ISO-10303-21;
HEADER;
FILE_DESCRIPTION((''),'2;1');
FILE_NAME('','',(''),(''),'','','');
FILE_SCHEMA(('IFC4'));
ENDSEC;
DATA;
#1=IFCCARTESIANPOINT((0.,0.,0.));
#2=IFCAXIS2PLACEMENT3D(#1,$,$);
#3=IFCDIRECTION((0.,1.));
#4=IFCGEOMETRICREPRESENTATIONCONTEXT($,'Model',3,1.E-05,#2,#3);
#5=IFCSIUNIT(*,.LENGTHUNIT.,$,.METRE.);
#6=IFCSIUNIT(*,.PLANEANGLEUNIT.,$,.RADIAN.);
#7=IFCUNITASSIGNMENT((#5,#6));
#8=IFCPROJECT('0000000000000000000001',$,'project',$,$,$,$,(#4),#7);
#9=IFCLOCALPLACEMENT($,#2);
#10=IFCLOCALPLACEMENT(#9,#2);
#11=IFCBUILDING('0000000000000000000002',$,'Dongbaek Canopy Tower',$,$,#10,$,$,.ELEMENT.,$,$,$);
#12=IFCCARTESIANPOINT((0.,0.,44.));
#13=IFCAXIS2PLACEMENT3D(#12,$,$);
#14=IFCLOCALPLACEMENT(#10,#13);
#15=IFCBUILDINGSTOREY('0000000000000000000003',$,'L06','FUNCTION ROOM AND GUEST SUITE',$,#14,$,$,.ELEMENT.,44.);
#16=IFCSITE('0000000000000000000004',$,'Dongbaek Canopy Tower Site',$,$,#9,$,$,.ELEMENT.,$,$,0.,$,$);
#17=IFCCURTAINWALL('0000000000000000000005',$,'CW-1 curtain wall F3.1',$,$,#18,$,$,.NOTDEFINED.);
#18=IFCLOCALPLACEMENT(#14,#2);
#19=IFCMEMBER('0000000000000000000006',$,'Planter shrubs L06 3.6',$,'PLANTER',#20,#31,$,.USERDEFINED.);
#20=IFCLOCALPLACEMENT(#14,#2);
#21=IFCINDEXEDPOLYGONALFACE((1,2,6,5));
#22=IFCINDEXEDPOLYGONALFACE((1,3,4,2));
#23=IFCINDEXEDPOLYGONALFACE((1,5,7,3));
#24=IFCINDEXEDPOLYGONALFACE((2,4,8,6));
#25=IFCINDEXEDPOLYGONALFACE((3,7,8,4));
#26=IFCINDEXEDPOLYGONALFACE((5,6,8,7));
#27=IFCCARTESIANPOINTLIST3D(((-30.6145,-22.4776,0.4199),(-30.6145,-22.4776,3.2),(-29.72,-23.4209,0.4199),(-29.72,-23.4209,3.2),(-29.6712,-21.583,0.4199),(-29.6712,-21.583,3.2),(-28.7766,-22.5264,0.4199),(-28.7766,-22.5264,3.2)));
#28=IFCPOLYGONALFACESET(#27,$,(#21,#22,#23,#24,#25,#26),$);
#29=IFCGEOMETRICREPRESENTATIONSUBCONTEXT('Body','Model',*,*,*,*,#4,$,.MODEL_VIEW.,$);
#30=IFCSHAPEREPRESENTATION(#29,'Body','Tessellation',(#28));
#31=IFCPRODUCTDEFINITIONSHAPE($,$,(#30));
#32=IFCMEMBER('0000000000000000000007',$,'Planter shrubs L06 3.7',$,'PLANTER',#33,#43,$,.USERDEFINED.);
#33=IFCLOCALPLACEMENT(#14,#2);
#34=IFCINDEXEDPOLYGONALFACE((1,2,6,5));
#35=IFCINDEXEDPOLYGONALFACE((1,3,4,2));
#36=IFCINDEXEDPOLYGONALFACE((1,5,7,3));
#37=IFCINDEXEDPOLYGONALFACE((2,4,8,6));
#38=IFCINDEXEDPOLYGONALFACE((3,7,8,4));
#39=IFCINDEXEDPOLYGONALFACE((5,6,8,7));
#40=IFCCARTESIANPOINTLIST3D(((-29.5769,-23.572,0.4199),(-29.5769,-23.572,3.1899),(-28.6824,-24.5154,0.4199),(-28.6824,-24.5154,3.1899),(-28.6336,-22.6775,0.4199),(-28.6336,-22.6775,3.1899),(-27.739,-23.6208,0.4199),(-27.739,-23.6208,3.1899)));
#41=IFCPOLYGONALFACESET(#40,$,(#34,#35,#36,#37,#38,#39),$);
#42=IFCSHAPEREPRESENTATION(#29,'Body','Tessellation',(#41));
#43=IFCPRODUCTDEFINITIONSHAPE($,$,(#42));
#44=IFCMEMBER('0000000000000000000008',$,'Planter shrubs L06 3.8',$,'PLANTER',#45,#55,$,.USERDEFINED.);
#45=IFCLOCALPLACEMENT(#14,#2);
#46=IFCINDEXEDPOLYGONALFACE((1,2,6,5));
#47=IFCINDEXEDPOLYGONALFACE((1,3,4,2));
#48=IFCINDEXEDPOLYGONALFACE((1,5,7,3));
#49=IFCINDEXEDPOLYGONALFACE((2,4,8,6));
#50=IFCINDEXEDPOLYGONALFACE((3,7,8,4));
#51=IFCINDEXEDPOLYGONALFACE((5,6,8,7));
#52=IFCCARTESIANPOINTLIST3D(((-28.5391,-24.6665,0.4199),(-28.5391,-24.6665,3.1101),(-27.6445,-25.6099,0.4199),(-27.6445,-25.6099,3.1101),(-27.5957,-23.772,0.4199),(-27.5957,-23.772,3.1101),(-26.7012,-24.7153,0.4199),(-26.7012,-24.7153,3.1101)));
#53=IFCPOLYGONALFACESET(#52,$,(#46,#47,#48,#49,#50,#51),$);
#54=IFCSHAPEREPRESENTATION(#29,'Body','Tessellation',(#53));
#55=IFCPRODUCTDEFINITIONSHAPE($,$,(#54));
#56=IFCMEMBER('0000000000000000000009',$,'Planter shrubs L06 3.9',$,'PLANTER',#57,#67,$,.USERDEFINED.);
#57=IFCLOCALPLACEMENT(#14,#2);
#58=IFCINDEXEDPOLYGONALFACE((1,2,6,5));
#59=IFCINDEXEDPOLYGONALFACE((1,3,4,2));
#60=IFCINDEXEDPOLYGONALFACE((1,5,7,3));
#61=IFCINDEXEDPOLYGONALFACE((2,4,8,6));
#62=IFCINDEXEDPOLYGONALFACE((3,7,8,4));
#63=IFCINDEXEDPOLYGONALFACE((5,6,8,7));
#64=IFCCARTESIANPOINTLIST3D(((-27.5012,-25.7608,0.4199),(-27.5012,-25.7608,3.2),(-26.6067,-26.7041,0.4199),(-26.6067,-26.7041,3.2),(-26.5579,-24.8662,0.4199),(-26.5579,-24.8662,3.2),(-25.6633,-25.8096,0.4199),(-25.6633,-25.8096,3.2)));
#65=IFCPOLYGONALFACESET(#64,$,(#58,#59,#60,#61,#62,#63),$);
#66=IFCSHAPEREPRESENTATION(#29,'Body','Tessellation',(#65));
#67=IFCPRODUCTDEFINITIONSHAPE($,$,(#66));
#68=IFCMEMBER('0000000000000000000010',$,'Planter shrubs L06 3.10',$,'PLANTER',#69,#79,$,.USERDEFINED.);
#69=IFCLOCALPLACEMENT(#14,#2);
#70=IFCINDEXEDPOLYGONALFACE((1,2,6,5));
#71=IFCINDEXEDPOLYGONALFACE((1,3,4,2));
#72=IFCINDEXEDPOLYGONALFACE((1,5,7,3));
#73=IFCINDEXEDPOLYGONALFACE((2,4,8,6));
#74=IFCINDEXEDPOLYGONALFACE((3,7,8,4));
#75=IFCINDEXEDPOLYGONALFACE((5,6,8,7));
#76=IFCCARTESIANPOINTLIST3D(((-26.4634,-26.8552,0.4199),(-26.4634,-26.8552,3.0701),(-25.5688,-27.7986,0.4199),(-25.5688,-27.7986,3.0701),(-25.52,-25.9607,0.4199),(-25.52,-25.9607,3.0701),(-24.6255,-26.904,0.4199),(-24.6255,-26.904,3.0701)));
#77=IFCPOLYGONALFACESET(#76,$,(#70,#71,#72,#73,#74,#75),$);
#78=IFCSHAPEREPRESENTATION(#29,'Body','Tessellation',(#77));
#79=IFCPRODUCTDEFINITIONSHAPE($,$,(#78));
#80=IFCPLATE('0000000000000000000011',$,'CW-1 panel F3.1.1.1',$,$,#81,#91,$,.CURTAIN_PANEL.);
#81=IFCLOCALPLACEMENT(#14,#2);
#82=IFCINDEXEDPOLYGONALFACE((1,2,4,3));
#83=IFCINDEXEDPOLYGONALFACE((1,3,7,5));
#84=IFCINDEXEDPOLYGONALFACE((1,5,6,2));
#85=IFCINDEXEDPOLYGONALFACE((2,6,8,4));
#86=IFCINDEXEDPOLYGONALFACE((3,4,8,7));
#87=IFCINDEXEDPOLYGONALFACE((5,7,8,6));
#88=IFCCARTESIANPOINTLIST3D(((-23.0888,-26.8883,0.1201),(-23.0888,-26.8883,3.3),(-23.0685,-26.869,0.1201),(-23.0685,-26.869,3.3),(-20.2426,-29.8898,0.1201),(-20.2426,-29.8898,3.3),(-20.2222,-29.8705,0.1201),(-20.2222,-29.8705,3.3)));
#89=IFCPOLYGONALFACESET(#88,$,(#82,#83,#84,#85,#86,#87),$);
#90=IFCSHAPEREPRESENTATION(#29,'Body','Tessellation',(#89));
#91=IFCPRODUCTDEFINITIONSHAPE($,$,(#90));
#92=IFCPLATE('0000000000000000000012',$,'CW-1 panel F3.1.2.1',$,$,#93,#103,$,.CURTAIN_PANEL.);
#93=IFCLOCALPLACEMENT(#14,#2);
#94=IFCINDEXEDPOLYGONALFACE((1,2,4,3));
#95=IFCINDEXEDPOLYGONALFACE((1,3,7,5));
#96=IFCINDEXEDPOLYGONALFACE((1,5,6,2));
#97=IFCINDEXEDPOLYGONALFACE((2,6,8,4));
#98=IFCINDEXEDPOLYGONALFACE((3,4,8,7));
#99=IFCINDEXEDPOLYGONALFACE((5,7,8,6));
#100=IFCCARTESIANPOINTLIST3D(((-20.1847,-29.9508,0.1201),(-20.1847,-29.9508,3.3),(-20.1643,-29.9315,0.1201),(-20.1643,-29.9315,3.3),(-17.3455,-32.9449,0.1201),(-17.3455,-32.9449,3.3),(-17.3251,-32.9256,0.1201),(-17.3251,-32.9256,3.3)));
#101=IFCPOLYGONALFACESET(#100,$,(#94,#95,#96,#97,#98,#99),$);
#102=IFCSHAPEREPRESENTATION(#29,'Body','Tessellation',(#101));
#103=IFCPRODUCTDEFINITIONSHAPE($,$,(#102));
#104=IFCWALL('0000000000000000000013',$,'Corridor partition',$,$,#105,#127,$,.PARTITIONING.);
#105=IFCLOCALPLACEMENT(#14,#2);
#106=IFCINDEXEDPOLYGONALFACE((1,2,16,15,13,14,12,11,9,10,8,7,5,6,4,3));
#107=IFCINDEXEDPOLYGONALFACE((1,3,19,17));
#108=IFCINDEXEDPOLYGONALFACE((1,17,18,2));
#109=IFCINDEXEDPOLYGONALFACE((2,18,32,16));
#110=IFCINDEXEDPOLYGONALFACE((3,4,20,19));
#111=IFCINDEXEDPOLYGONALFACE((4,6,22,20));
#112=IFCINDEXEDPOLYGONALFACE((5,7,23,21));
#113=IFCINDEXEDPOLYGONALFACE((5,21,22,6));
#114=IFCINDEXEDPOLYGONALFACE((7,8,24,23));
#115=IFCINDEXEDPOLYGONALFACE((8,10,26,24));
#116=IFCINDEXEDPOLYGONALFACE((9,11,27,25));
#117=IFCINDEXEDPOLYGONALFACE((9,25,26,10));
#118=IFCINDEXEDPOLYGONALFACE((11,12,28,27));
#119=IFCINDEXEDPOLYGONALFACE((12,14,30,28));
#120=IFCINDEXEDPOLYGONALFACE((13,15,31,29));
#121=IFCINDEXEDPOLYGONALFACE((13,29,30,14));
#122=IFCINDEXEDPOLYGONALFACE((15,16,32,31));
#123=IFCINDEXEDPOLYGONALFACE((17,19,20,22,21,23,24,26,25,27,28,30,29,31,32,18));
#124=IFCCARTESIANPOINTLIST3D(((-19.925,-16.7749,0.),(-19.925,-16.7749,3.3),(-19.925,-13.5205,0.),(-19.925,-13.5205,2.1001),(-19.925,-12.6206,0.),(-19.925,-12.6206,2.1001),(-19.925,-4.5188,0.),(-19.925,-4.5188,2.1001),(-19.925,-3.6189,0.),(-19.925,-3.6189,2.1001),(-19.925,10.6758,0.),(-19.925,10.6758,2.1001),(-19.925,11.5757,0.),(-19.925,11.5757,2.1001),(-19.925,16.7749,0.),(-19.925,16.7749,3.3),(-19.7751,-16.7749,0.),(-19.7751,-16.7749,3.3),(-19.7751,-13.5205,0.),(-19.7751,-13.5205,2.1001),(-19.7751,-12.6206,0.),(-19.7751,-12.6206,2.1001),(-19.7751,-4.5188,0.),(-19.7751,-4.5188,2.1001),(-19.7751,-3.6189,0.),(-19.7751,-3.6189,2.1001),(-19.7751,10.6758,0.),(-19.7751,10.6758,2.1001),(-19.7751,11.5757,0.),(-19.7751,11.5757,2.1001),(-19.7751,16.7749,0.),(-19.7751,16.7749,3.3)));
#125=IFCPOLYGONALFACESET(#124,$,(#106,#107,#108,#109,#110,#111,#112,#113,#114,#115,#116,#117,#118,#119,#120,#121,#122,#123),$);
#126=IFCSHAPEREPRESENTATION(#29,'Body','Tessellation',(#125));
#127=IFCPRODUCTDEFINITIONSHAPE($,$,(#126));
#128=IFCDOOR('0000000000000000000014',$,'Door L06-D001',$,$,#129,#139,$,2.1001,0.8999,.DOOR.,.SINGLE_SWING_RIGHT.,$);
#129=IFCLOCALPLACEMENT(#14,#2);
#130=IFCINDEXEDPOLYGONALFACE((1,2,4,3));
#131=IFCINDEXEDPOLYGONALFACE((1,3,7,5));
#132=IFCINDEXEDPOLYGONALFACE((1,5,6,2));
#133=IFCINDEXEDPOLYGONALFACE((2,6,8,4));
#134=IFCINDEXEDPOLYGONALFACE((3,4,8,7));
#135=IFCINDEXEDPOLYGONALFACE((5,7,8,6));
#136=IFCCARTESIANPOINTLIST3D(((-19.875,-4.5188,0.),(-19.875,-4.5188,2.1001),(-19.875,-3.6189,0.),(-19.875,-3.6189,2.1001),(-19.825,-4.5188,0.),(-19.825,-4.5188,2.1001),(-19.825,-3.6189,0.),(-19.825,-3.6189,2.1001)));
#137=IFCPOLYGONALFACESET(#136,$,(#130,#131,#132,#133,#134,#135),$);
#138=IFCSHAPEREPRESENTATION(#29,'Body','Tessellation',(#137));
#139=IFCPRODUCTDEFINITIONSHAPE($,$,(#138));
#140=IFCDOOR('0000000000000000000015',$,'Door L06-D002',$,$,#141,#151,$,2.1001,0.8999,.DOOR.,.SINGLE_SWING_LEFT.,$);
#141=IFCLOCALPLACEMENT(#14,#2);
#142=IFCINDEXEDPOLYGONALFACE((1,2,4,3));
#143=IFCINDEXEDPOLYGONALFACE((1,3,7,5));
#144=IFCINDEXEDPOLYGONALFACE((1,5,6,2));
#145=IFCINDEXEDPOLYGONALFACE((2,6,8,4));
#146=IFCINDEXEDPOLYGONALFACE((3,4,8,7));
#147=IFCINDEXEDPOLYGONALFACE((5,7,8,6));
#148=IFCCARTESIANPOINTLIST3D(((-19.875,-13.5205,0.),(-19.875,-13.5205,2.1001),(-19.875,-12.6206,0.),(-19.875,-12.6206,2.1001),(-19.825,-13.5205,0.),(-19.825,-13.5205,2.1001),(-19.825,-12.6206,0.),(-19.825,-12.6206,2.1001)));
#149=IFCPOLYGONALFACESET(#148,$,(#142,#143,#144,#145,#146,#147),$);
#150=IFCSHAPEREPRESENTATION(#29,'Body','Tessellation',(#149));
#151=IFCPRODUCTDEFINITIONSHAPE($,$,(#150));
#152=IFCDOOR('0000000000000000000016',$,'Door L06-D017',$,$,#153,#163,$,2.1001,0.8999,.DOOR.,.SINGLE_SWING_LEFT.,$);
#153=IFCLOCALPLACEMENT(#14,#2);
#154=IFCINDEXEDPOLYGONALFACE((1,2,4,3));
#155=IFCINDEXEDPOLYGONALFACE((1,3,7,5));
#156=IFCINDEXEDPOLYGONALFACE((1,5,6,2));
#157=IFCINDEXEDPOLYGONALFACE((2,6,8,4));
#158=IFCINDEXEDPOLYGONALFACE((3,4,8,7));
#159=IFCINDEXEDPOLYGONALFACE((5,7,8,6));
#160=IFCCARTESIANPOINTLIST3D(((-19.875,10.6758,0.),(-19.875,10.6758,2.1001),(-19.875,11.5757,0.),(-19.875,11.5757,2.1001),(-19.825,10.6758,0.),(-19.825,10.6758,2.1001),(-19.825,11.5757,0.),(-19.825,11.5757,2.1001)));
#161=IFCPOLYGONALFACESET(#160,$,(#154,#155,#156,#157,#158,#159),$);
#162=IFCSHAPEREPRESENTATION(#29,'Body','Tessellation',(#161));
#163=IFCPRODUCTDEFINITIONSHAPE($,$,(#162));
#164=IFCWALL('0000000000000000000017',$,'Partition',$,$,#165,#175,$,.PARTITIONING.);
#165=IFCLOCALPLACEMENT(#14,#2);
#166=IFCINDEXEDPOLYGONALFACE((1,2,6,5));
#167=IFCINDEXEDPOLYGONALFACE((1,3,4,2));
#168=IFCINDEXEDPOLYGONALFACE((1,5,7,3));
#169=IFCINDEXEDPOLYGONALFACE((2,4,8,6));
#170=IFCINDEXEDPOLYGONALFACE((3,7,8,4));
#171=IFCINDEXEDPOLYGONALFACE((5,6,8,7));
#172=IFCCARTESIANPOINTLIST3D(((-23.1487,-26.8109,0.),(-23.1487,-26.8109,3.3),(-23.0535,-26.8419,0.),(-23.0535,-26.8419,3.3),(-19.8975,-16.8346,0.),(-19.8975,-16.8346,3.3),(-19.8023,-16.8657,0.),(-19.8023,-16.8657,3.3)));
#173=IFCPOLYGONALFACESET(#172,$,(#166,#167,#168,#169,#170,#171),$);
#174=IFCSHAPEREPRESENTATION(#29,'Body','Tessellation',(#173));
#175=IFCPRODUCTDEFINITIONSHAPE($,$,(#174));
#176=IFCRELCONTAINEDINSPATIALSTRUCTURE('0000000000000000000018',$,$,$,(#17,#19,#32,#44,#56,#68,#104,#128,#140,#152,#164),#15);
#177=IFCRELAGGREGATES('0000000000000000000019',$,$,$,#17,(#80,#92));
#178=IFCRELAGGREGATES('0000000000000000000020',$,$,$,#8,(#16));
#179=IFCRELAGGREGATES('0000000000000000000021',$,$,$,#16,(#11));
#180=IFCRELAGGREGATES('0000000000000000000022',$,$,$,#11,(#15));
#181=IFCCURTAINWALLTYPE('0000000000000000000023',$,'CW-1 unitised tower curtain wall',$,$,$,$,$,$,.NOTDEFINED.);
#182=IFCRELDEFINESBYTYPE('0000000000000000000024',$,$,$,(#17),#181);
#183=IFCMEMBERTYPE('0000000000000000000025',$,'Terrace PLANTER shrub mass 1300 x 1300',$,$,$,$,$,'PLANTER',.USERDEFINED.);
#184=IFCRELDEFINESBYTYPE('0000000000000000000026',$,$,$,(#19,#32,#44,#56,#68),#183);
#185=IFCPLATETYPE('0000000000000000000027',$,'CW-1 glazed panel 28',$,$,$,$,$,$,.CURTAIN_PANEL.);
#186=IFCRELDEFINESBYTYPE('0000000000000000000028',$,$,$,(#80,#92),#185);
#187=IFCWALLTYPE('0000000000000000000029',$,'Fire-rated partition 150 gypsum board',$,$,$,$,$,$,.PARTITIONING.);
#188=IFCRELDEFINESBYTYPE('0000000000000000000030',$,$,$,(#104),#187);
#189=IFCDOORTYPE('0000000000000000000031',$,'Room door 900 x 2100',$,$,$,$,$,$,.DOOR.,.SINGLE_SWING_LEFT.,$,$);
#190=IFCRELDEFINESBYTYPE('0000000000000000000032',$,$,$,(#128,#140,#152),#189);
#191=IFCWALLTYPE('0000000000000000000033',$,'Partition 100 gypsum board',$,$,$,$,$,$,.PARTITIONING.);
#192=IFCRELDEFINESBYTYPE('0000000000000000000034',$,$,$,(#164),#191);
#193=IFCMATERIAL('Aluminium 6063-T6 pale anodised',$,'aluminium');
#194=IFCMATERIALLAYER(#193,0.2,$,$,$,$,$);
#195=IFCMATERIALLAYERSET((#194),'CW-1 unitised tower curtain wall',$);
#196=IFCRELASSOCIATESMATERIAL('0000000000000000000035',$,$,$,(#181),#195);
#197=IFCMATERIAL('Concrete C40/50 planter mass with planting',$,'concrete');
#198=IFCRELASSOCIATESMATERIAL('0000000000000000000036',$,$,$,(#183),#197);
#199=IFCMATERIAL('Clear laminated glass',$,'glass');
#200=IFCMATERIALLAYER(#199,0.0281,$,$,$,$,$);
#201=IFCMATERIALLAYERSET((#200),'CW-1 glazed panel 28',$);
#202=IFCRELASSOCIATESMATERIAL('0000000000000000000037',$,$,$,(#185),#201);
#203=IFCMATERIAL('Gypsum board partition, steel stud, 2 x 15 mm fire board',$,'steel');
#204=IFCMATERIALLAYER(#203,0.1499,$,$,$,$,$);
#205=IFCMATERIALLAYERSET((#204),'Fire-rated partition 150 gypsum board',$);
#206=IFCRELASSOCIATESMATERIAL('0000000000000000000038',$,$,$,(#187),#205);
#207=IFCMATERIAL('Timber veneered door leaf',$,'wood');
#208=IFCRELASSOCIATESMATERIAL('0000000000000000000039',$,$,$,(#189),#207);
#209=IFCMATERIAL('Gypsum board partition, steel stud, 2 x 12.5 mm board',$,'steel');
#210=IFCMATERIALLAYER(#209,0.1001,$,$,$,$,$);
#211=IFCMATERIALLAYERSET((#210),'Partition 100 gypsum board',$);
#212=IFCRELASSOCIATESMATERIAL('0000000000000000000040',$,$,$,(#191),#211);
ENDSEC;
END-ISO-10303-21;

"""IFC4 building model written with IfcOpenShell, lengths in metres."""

from ifc_helpers import new_model, si_unit, direction, frame, frame_2d, origin, origin_2d, place, context, subcontext, project, spatial, rectangle, extrude, material, layer, layer_set, material_profile, profile_set, type_object, element, fill, aggregate, save


model = new_model("IFC4")

# Units and contexts
model_context = context("Model", 3, precision=1e-05, world=origin(), true_north=direction((0.0, 1.0)))
body_context = subcontext(model_context, "Body", "Model", "MODEL_VIEW")
ifc_project = project(units=[si_unit("LENGTHUNIT", "METRE"), si_unit("PLANEANGLEUNIT", "RADIAN")], contexts=[model_context])

# Site, building, storey
site_placement = place(None, origin())
site = spatial("IfcSite", under=ifc_project, at=site_placement, Name="Dongbaek Canopy Tower Site", CompositionType="ELEMENT", RefElevation=0.0)
building_placement = place(site_placement, origin())
building = spatial("IfcBuilding", under=site, at=building_placement, Name="Dongbaek Canopy Tower", CompositionType="ELEMENT")
storey_placement = place(building_placement, frame((0.0, 0.0, 44.0)))
storey = spatial("IfcBuildingStorey", under=building, at=storey_placement, Name="L06", Description="FUNCTION ROOM AND GUEST SUITE", CompositionType="ELEMENT", Elevation=44.0)

# Curtain wall
ifc_material_1 = material(Name="Aluminium 6063-T6 pale anodised", Category="aluminium")
ifc_layer_1 = layer(ifc_material_1, 0.2)
ifc_layer_set_1 = layer_set([ifc_layer_1], Name="CW-1 unitised tower curtain wall")
curtain_wall_type = type_object("IfcCurtainWallType", Name="CW-1 unitised tower curtain wall", PredefinedType="NOTDEFINED", material=ifc_layer_set_1)
curtain_wall_placement = place(storey_placement, origin())
curtain_wall = element("IfcCurtainWall", 1, at=curtain_wall_placement, inside=storey, type_object=curtain_wall_type, Name="CW-1 curtain wall F3.1", PredefinedType="NOTDEFINED")

# Members
ifc_material_2 = material(Name="Concrete C40/50 planter mass with planting", Category="concrete")
ifc_material_profile_1 = material_profile(ifc_material_2, rectangle(XDim=1.3, YDim=1.3, at=origin_2d()), Name="Terrace PLANTER shrub mass 1300 x 1300")
ifc_profile_set_1 = profile_set([ifc_material_profile_1], Name="Concrete C40/50 planter mass with planting")
member_type_1 = type_object("IfcMemberType", Name="Terrace PLANTER shrub mass 1300 x 1300", ElementType="PLANTER", PredefinedType="USERDEFINED", material=ifc_profile_set_1)
member_1_placement = place(storey_placement, frame((-29.6956, -22.502, 0.4199), z_axis=(0.0, 0.0, 1.0), x_axis=(-0.725627, -0.688089, 0.0)))
element("IfcMember", 2, at=member_1_placement, inside=storey, type_object=member_type_1, Name="Planter shrubs L06 3.6", ObjectType="PLANTER", PredefinedType="USERDEFINED", context=body_context, shape_type="SweptSolid", body=[
    extrude(rectangle(XDim=1.3, YDim=1.3, at=origin_2d()), origin(), (0.0, 0.0, 1.0), 2.78),
])
member_2_placement = place(storey_placement, frame((-28.658, -23.5964, 0.4199), z_axis=(0.0, 0.0, 1.0), x_axis=(-0.725627, -0.688089, 0.0)))
element("IfcMember", 3, at=member_2_placement, inside=storey, type_object=member_type_1, Name="Planter shrubs L06 3.7", ObjectType="PLANTER", PredefinedType="USERDEFINED", context=body_context, shape_type="SweptSolid", body=[
    extrude(rectangle(XDim=1.3, YDim=1.3, at=origin_2d()), origin(), (0.0, 0.0, 1.0), 2.77),
])
member_3_placement = place(storey_placement, frame((-27.6201, -24.6909, 0.4199), z_axis=(0.0, 0.0, 1.0), x_axis=(-0.725627, -0.688089, 0.0)))
element("IfcMember", 4, at=member_3_placement, inside=storey, type_object=member_type_1, Name="Planter shrubs L06 3.8", ObjectType="PLANTER", PredefinedType="USERDEFINED", context=body_context, shape_type="SweptSolid", body=[
    extrude(rectangle(XDim=1.3, YDim=1.3, at=origin_2d()), origin(), (0.0, 0.0, 1.0), 2.6902),
])
member_4_placement = place(storey_placement, frame((-26.5823, -25.7852, 0.4199), z_axis=(0.0, 0.0, 1.0), x_axis=(-0.725627, -0.688089, 0.0)))
element("IfcMember", 5, at=member_4_placement, inside=storey, type_object=member_type_1, Name="Planter shrubs L06 3.9", ObjectType="PLANTER", PredefinedType="USERDEFINED", context=body_context, shape_type="SweptSolid", body=[
    extrude(rectangle(XDim=1.3, YDim=1.3, at=origin_2d()), origin(), (0.0, 0.0, 1.0), 2.78),
])
member_5_placement = place(storey_placement, frame((-25.5444, -26.8796, 0.4199), z_axis=(0.0, 0.0, 1.0), x_axis=(-0.725627, -0.688089, 0.0)))
element("IfcMember", 6, at=member_5_placement, inside=storey, type_object=member_type_1, Name="Planter shrubs L06 3.10", ObjectType="PLANTER", PredefinedType="USERDEFINED", context=body_context, shape_type="SweptSolid", body=[
    extrude(rectangle(XDim=1.3, YDim=1.3, at=origin_2d()), origin(), (0.0, 0.0, 1.0), 2.6501),
])

# Plates
ifc_material_3 = material(Name="Clear laminated glass", Category="glass")
ifc_layer_2 = layer(ifc_material_3, 0.0281)
ifc_layer_set_2 = layer_set([ifc_layer_2], Name="CW-1 glazed panel 28")
plate_type = type_object("IfcPlateType", Name="CW-1 glazed panel 28", PredefinedType="CURTAIN_PANEL", material=ifc_layer_set_2)
plate_1_placement = place(storey_placement, frame((-21.6555, -28.3794, 0.1201), z_axis=(0.0, 0.0, 1.0), x_axis=(0.688089, -0.725627, 0.0)))
plate_1 = element("IfcPlate", 7, at=plate_1_placement, type_object=plate_type, Name="CW-1 panel F3.1.1.1", PredefinedType="CURTAIN_PANEL", context=body_context, shape_type="SweptSolid", body=[
    extrude(rectangle(XDim=4.1365, YDim=0.0281, at=origin_2d()), origin(), (0.0, 0.0, 1.0), 3.1799),
])
plate_2_placement = place(storey_placement, frame((-18.7549, -31.4382, 0.1201), z_axis=(0.0, 0.0, 1.0), x_axis=(0.688089, -0.725627, 0.0)))
plate_2 = element("IfcPlate", 8, at=plate_2_placement, type_object=plate_type, Name="CW-1 panel F3.1.2.1", PredefinedType="CURTAIN_PANEL", context=body_context, shape_type="SweptSolid", body=[
    extrude(rectangle(XDim=4.1262, YDim=0.0281, at=origin_2d()), origin(), (0.0, 0.0, 1.0), 3.1799),
])

# Wall, openings, doors
ifc_material_4 = material(Name="Gypsum board partition, steel stud, 2 x 15 mm fire board", Category="steel")
ifc_layer_3 = layer(ifc_material_4, 0.1499)
ifc_layer_set_3 = layer_set([ifc_layer_3], Name="Fire-rated partition 150 gypsum board")
wall_type_1 = type_object("IfcWallType", Name="Fire-rated partition 150 gypsum board", PredefinedType="PARTITIONING", material=ifc_layer_set_3)
wall_1_placement = place(storey_placement, frame((-19.8501, -16.7749, 0.0), z_axis=(0.0, 0.0, 1.0), x_axis=(0.0, 1.0, 0.0)))
wall_1 = element("IfcWall", 9, at=wall_1_placement, inside=storey, type_object=wall_type_1, Name="Corridor partition", PredefinedType="PARTITIONING", context=body_context, shape_type="SweptSolid", body=[
    extrude(rectangle(XDim=33.5498, YDim=0.1499, at=frame_2d((16.7749, 0.0))), origin(), (0.0, 0.0, 1.0), 3.3),
])
opening_1_placement = place(wall_1_placement, frame((12.2561, 0.0, 0.0)))
opening_1 = element("IfcOpeningElement", 10, at=opening_1_placement, cuts=wall_1, PredefinedType="OPENING", context=body_context, shape_type="SweptSolid", body=[
    extrude(rectangle(XDim=0.8999, YDim=2.1001, at=frame_2d((0.45, 1.05))), frame((0.0, 0.085, 0.0), z_axis=(0.0, -1.0, 0.0), x_axis=(1.0, 0.0, 0.0)), (0.0, 0.0, 1.0), 0.1699),
])
opening_2_placement = place(wall_1_placement, frame((3.2544, 0.0, 0.0)))
opening_2 = element("IfcOpeningElement", 11, at=opening_2_placement, cuts=wall_1, PredefinedType="OPENING", context=body_context, shape_type="SweptSolid", body=[
    extrude(rectangle(XDim=0.8999, YDim=2.1001, at=frame_2d((0.45, 1.05))), frame((0.0, 0.085, 0.0), z_axis=(0.0, -1.0, 0.0), x_axis=(1.0, 0.0, 0.0)), (0.0, 0.0, 1.0), 0.1699),
])
opening_3_placement = place(wall_1_placement, frame((27.4507, 0.0, 0.0)))
opening_3 = element("IfcOpeningElement", 12, at=opening_3_placement, cuts=wall_1, PredefinedType="OPENING", context=body_context, shape_type="SweptSolid", body=[
    extrude(rectangle(XDim=0.8999, YDim=2.1001, at=frame_2d((0.45, 1.05))), frame((0.0, 0.085, 0.0), z_axis=(0.0, -1.0, 0.0), x_axis=(1.0, 0.0, 0.0)), (0.0, 0.0, 1.0), 0.1699),
])
ifc_material_5 = material(Name="Timber veneered door leaf", Category="wood")
door_type = type_object("IfcDoorType", Name="Room door 900 x 2100", OperationType="SINGLE_SWING_LEFT", PredefinedType="DOOR", material=ifc_material_5)
door_1_placement = place(opening_1_placement, origin())
door_1 = element("IfcDoor", 13, at=door_1_placement, inside=storey, type_object=door_type, Name="Door L06-D001", OperationType="SINGLE_SWING_RIGHT", OverallHeight=2.1001, OverallWidth=0.8999, PredefinedType="DOOR", context=body_context, shape_type="SweptSolid", body=[
    extrude(rectangle(XDim=0.8999, YDim=2.1001, at=frame_2d((0.45, 1.05))), frame((0.0, 0.0249, 0.0), z_axis=(0.0, -1.0, 0.0), x_axis=(1.0, 0.0, 0.0)), (0.0, 0.0, 1.0), 0.05),
])
fill(opening_1, door_1)
door_2_placement = place(opening_2_placement, origin())
door_2 = element("IfcDoor", 14, at=door_2_placement, inside=storey, type_object=door_type, Name="Door L06-D002", OperationType="SINGLE_SWING_LEFT", OverallHeight=2.1001, OverallWidth=0.8999, PredefinedType="DOOR", context=body_context, shape_type="SweptSolid", body=[
    extrude(rectangle(XDim=0.8999, YDim=2.1001, at=frame_2d((0.45, 1.05))), frame((0.0, 0.0249, 0.0), z_axis=(0.0, -1.0, 0.0), x_axis=(1.0, 0.0, 0.0)), (0.0, 0.0, 1.0), 0.05),
])
fill(opening_2, door_2)
door_3_placement = place(opening_3_placement, origin())
door_3 = element("IfcDoor", 15, at=door_3_placement, inside=storey, type_object=door_type, Name="Door L06-D017", OperationType="SINGLE_SWING_LEFT", OverallHeight=2.1001, OverallWidth=0.8999, PredefinedType="DOOR", context=body_context, shape_type="SweptSolid", body=[
    extrude(rectangle(XDim=0.8999, YDim=2.1001, at=frame_2d((0.45, 1.05))), frame((0.0, 0.0249, 0.0), z_axis=(0.0, -1.0, 0.0), x_axis=(1.0, 0.0, 0.0)), (0.0, 0.0, 1.0), 0.05),
])
fill(opening_3, door_3)

# Wall
ifc_material_6 = material(Name="Gypsum board partition, steel stud, 2 x 12.5 mm board", Category="steel")
ifc_layer_4 = layer(ifc_material_6, 0.1001)
ifc_layer_set_4 = layer_set([ifc_layer_4], Name="Partition 100 gypsum board")
wall_type_2 = type_object("IfcWallType", Name="Partition 100 gypsum board", PredefinedType="PARTITIONING", material=ifc_layer_set_4)
wall_2_placement = place(storey_placement, frame((-23.1011, -26.8264, 0.0), z_axis=(0.0, 0.0, 1.0), x_axis=(0.309855, 0.950784, 0.0)))
element("IfcWall", 16, at=wall_2_placement, inside=storey, type_object=wall_type_2, Name="Partition", PredefinedType="PARTITIONING", context=body_context, shape_type="SweptSolid", body=[
    extrude(rectangle(XDim=10.4927, YDim=0.1001, at=frame_2d((5.2463, 0.0))), origin(), (0.0, 0.0, 1.0), 3.3),
])

aggregate(curtain_wall, [plate_1, plate_2])

save(model, "model.ifc")
